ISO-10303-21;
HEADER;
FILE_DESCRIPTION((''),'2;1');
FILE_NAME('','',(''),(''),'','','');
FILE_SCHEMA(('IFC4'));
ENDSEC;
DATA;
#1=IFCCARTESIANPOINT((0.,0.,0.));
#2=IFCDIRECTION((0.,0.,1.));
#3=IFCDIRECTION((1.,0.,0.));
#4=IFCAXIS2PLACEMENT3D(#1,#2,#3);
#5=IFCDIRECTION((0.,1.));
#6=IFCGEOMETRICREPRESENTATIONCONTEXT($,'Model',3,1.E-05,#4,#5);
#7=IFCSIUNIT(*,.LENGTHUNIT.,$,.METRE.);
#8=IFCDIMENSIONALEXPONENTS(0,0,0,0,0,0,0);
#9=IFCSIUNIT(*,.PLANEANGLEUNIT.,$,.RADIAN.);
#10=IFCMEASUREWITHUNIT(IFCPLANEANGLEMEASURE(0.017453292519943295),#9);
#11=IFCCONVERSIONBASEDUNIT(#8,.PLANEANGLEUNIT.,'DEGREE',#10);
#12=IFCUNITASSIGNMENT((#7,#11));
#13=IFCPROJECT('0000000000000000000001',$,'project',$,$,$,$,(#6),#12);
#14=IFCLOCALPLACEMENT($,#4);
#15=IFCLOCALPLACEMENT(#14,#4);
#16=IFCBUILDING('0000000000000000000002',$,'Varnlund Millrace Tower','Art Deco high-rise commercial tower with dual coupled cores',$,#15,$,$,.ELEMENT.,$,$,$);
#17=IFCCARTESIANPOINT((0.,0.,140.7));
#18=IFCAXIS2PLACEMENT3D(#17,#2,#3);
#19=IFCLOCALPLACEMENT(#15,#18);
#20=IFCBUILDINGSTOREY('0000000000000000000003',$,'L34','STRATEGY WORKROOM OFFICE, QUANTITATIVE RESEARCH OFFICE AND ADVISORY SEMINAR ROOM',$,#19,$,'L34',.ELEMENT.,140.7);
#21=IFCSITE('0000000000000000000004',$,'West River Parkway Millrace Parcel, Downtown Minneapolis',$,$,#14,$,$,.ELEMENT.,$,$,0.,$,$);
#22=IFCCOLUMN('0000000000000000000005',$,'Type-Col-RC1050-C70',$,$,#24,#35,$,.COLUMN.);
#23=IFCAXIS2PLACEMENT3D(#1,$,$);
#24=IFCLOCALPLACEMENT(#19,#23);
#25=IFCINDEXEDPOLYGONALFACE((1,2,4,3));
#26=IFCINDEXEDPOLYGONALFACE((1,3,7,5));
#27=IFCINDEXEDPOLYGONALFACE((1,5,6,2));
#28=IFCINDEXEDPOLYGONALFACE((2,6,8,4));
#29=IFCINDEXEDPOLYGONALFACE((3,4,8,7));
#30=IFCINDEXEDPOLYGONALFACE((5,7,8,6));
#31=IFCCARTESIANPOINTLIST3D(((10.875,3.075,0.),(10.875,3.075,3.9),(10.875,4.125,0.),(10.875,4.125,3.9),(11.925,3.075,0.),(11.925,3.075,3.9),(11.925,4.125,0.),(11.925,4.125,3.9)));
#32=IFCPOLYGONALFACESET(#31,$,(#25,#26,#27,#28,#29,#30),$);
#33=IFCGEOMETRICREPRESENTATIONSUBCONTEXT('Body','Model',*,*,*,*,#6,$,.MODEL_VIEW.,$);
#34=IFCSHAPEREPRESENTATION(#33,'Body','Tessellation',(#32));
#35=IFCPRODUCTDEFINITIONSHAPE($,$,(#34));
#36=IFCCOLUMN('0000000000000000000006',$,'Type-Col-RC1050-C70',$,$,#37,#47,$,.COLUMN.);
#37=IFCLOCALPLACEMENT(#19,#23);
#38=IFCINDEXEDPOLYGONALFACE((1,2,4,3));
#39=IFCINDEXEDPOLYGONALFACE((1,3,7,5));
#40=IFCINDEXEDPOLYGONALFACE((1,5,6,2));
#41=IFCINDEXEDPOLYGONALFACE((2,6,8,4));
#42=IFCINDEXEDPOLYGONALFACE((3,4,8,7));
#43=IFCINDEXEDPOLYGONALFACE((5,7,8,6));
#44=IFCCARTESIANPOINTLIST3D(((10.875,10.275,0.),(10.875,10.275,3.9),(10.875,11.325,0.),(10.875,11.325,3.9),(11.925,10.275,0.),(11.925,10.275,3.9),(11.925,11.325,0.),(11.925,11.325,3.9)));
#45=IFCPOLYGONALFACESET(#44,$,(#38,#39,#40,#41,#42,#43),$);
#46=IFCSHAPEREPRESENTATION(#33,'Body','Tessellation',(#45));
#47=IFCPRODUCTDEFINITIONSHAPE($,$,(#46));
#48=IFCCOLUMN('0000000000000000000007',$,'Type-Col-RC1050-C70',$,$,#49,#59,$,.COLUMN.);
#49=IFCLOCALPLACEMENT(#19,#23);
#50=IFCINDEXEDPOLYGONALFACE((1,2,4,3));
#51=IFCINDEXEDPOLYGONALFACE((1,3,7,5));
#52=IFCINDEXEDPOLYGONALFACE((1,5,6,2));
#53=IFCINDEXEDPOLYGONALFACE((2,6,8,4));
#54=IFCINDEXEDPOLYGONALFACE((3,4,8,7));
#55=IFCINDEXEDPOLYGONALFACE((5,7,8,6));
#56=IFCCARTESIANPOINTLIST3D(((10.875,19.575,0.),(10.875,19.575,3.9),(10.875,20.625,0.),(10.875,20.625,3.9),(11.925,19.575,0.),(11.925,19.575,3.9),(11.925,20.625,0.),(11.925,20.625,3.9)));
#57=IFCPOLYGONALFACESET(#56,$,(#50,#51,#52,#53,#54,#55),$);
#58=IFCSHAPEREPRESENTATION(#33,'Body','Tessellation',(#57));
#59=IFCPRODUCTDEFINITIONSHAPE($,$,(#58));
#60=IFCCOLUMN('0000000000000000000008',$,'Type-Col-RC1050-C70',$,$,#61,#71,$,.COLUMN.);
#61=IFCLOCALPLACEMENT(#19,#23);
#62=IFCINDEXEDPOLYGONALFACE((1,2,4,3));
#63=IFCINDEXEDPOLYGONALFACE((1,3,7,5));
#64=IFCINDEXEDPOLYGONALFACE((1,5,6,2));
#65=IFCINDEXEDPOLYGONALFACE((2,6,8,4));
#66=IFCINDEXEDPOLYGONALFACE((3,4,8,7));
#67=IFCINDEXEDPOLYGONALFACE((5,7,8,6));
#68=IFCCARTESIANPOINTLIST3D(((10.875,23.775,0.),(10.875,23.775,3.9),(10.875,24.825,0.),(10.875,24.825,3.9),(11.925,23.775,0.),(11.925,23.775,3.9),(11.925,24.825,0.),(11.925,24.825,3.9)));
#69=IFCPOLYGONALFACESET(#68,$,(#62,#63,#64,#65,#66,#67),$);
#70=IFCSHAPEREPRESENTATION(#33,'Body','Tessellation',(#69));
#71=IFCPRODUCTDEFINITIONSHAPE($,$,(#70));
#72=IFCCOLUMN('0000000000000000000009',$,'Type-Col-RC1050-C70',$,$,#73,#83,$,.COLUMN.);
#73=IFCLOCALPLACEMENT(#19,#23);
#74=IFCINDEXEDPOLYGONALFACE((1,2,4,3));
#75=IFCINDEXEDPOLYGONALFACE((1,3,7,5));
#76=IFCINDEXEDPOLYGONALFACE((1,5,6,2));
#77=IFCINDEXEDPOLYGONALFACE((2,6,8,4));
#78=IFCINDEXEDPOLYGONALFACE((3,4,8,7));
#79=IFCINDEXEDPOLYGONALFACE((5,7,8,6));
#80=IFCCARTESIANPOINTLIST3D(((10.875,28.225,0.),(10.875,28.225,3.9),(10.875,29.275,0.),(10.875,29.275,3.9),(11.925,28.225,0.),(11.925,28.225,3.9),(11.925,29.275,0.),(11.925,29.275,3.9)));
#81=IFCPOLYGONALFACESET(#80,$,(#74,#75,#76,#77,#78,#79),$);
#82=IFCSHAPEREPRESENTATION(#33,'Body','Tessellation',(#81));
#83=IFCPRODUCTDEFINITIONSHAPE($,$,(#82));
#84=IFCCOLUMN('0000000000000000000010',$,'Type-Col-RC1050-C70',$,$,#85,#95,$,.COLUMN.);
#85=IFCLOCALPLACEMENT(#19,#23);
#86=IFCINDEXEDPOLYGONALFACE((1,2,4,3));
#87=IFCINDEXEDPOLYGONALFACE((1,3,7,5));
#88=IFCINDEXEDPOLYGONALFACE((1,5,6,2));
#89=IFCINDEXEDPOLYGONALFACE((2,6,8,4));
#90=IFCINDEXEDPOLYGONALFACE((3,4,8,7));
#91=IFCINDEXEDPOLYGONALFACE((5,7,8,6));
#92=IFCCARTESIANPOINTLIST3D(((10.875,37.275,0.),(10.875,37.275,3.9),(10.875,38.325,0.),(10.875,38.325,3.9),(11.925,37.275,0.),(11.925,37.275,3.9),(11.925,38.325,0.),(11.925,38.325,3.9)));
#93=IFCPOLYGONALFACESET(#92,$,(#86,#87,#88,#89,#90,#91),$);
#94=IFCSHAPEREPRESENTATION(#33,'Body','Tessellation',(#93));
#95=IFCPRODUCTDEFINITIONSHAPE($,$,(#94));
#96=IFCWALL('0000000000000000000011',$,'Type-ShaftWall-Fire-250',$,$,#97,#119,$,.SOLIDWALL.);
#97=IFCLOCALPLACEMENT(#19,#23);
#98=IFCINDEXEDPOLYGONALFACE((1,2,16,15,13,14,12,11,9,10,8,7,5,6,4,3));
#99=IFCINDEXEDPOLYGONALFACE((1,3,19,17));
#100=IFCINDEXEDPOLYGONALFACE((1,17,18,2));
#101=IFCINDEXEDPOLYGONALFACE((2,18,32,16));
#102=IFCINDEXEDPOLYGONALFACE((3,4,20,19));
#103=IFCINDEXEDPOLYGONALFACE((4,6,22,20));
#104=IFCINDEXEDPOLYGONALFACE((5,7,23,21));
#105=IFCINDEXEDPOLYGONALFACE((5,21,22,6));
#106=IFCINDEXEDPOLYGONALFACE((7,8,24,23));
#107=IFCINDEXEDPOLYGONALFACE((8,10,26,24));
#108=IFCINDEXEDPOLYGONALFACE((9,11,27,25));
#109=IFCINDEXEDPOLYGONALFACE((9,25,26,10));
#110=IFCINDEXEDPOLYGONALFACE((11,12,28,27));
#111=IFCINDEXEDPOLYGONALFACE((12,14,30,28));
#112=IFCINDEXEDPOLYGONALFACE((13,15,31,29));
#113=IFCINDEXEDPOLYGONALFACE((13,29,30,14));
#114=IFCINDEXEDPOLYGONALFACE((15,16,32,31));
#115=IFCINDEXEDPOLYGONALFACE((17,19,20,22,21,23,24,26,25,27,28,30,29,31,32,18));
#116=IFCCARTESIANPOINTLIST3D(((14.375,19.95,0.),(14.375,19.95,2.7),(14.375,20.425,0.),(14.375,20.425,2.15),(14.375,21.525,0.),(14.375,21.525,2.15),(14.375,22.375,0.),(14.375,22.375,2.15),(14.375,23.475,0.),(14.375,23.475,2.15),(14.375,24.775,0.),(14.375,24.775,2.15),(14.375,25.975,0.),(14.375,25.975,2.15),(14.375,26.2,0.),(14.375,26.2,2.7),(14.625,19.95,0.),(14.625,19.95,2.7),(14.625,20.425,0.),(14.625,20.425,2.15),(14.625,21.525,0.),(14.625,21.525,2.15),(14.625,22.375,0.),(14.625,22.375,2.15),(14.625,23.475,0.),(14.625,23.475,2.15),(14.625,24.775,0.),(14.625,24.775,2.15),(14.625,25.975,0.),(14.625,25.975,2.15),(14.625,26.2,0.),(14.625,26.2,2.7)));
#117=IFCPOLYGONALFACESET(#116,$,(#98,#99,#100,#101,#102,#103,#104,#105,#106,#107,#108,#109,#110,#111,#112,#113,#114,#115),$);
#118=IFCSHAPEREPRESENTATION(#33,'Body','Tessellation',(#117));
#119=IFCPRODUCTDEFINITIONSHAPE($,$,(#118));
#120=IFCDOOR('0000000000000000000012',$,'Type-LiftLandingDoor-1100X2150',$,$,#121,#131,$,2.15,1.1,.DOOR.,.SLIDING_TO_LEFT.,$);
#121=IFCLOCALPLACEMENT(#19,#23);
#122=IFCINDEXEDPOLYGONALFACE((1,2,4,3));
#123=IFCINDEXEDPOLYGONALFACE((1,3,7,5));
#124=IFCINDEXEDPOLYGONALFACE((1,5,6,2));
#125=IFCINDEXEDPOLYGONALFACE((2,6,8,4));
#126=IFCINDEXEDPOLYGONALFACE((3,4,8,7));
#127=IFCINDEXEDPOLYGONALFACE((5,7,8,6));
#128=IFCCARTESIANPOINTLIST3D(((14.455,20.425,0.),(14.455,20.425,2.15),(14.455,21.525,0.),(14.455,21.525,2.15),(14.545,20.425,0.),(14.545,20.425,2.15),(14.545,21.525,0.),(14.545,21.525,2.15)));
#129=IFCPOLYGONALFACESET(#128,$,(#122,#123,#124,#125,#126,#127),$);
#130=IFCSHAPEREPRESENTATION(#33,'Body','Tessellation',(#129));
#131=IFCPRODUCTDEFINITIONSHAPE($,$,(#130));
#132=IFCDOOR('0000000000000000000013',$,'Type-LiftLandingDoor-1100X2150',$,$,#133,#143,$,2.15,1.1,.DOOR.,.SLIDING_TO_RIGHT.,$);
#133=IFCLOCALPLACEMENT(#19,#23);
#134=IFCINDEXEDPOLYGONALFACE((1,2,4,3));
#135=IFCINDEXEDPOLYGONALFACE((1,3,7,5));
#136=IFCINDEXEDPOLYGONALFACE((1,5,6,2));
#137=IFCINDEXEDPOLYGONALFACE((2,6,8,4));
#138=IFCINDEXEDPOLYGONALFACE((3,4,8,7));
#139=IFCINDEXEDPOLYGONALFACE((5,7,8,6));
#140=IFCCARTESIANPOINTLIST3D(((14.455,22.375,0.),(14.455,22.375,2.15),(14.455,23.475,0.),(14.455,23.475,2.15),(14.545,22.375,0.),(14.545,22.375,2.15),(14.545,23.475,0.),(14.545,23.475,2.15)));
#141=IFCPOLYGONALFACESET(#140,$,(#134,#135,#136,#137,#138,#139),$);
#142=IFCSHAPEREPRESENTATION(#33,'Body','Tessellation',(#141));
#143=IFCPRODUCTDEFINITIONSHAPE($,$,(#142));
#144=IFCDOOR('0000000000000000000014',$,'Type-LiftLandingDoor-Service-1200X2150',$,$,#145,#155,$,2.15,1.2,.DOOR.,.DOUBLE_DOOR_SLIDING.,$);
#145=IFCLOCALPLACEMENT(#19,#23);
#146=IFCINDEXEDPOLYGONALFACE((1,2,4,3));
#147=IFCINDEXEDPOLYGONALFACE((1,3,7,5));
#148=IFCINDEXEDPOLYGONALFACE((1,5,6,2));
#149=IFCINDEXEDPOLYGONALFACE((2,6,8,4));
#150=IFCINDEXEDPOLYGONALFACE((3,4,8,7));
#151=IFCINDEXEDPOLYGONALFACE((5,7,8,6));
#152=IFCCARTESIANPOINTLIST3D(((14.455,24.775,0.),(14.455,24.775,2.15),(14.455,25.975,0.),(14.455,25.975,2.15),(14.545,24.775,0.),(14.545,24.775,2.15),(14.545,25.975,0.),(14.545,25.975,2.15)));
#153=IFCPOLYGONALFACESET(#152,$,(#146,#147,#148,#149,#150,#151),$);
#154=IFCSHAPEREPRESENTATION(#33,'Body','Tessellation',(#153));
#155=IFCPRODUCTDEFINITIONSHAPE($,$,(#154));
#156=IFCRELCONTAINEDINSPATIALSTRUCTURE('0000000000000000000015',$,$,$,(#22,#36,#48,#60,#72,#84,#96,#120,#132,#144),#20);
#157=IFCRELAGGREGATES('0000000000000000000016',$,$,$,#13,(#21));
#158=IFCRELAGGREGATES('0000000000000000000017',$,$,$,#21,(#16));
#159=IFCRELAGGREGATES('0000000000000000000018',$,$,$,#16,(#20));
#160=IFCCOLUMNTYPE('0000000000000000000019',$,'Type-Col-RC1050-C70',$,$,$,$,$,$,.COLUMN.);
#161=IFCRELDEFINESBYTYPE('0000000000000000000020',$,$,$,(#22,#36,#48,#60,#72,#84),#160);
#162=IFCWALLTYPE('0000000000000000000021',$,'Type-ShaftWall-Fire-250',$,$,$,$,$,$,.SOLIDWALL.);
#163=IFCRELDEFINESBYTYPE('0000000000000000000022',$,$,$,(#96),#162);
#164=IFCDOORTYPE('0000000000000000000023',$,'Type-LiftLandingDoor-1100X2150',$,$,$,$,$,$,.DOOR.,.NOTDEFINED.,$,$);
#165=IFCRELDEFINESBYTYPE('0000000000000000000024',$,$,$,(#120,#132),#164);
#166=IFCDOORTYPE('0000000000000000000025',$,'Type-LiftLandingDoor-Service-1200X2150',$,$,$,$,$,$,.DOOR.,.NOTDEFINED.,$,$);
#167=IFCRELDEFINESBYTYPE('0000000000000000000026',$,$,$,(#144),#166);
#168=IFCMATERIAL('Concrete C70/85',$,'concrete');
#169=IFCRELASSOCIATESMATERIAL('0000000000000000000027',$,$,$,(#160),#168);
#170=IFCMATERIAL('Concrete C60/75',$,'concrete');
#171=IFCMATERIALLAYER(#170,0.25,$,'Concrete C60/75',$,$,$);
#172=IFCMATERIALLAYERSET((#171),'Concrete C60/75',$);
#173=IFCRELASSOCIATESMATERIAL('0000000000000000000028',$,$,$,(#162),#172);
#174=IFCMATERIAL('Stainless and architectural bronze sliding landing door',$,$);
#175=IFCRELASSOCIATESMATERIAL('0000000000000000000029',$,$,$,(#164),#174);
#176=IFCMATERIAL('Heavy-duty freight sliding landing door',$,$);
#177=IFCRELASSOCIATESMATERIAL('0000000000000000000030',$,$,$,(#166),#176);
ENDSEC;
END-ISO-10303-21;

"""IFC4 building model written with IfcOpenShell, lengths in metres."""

from ifc_helpers import new_model, entity, si_unit, converted_unit, direction, frame, origin_with_axes, origin_2d_with_axis, place, context, subcontext, project, spatial, polyline, rectangle, outline, extrude, material, layer, layer_set, material_profile, profile_set, type_object, element, fill, save


model = new_model("IFC4")

# Units and contexts
model_context = context("Model", 3, precision=1e-05, world=origin_with_axes(), true_north=direction((0.0, 1.0)))
body_context = subcontext(model_context, "Body", "Model", "MODEL_VIEW")
ifc_project = project(units=[si_unit("LENGTHUNIT", "METRE"), converted_unit("PLANEANGLEUNIT", "DEGREE", entity("IfcPlaneAngleMeasure", 0.017453292519943295), si_unit("PLANEANGLEUNIT", "RADIAN"), dimensions=[0, 0, 0, 0, 0, 0, 0])], contexts=[model_context])

# Site, building, storey
site_placement = place(None, origin_with_axes())
site = spatial("IfcSite", under=ifc_project, at=site_placement, Name="West River Parkway Millrace Parcel, Downtown Minneapolis", CompositionType="ELEMENT", RefElevation=0.0)
building_placement = place(site_placement, origin_with_axes())
building = spatial("IfcBuilding", under=site, at=building_placement, Name="Varnlund Millrace Tower", Description="Art Deco high-rise commercial tower with dual coupled cores", CompositionType="ELEMENT")
storey_placement = place(building_placement, frame((0.0, 0.0, 140.7), z_axis=(0.0, 0.0, 1.0), x_axis=(1.0, 0.0, 0.0)))
storey = spatial("IfcBuildingStorey", under=building, at=storey_placement, Name="L34", Description="STRATEGY WORKROOM OFFICE, QUANTITATIVE RESEARCH OFFICE AND ADVISORY SEMINAR ROOM", LongName="L34", CompositionType="ELEMENT", Elevation=140.7)

# Columns
ifc_material_1 = material(Name="Concrete C70/85", Category="concrete")
ifc_material_profile = material_profile(ifc_material_1, rectangle(XDim=1.05, YDim=1.05, at=origin_2d_with_axis()), Name="Concrete C70/85")
ifc_profile_set = profile_set([ifc_material_profile], Name="Concrete C70/85")
column_type = type_object("IfcColumnType", Name="Type-Col-RC1050-C70", PredefinedType="COLUMN", material=ifc_profile_set)
for number, where, z_axis, x_axis, name in (
    (1, (11.4, 3.6, 0.0), (0.0, 0.0, 1.0), (1.0, 0.0, 0.0), "Type-Col-RC1050-C70"),
    (2, (11.4, 10.8, 0.0), (0.0, 0.0, 1.0), (1.0, 0.0, 0.0), "Type-Col-RC1050-C70"),
    (3, (11.4, 20.1, 0.0), (0.0, 0.0, 1.0), (1.0, 0.0, 0.0), "Type-Col-RC1050-C70"),
    (4, (11.4, 24.3, 0.0), (0.0, 0.0, 1.0), (1.0, 0.0, 0.0), "Type-Col-RC1050-C70"),
    (5, (11.4, 28.75, 0.0), (0.0, 0.0, 1.0), (1.0, 0.0, 0.0), "Type-Col-RC1050-C70"),
    (6, (11.4, 37.8, 0.0), (0.0, 0.0, 1.0), (1.0, 0.0, 0.0), "Type-Col-RC1050-C70"),
):
    element("IfcColumn", number, at=place(storey_placement, frame(where, z_axis=z_axis, x_axis=x_axis)), inside=storey, type_object=column_type, Name=name, PredefinedType="COLUMN", context=body_context, shape_type="SweptSolid", body=[
        extrude(rectangle(XDim=1.05, YDim=1.05, at=origin_2d_with_axis()), origin_with_axes(), (0.0, 0.0, 1.0), 3.9),
    ])

# Wall, openings, doors
ifc_material_2 = material(Name="Concrete C60/75", Category="concrete")
ifc_layer = layer(ifc_material_2, 0.25, Name="Concrete C60/75")
ifc_layer_set = layer_set([ifc_layer], Name="Concrete C60/75")
wall_type_1 = type_object("IfcWallType", Name="Type-ShaftWall-Fire-250", PredefinedType="SOLIDWALL", material=ifc_layer_set)
wall_1_placement = place(storey_placement, frame((14.5, 19.95, 0.0), z_axis=(0.0, 0.0, 1.0), x_axis=(0.0, 1.0, 0.0)))
wall_1 = element("IfcWall", 7, at=wall_1_placement, inside=storey, type_object=wall_type_1, Name="Type-ShaftWall-Fire-250", PredefinedType="SOLIDWALL", context=body_context, shape_type="SweptSolid", body=[
    extrude(outline(polyline([(0.0, -0.125), (6.25, -0.125), (6.25, 0.125), (0.0, 0.125), (0.0, -0.125)])), origin_with_axes(), (0.0, 0.0, 1.0), 2.7),
])
opening_1_placement = place(wall_1_placement, frame((1.025, 0.0, 0.0), z_axis=(0.0, 0.0, 1.0), x_axis=(1.0, 0.0, 0.0)))
opening_1 = element("IfcOpeningElement", 8, at=opening_1_placement, cuts=wall_1, PredefinedType="OPENING", context=body_context, shape_type="SweptSolid", body=[
    extrude(rectangle(XDim=1.1, YDim=0.27, at=origin_2d_with_axis()), origin_with_axes(), (0.0, 0.0, 1.0), 2.15),
])
opening_2_placement = place(wall_1_placement, frame((2.975, 0.0, 0.0), z_axis=(0.0, 0.0, 1.0), x_axis=(1.0, 0.0, 0.0)))
opening_2 = element("IfcOpeningElement", 9, at=opening_2_placement, cuts=wall_1, PredefinedType="OPENING", context=body_context, shape_type="SweptSolid", body=[
    extrude(rectangle(XDim=1.1, YDim=0.27, at=origin_2d_with_axis()), origin_with_axes(), (0.0, 0.0, 1.0), 2.15),
])
opening_3_placement = place(wall_1_placement, frame((5.425, 0.0, 0.0), z_axis=(0.0, 0.0, 1.0), x_axis=(1.0, 0.0, 0.0)))
opening_3 = element("IfcOpeningElement", 10, at=opening_3_placement, cuts=wall_1, PredefinedType="OPENING", context=body_context, shape_type="SweptSolid", body=[
    extrude(rectangle(XDim=1.2, YDim=0.27, at=origin_2d_with_axis()), origin_with_axes(), (0.0, 0.0, 1.0), 2.15),
])
ifc_material_3 = material(Name="Stainless and architectural bronze sliding landing door")
door_type_1 = type_object("IfcDoorType", Name="Type-LiftLandingDoor-1100X2150", OperationType="NOTDEFINED", PredefinedType="DOOR", material=ifc_material_3)
door_1_placement = place(wall_1_placement, frame((1.025, 0.0, 0.0), z_axis=(0.0, 0.0, 1.0), x_axis=(1.0, 0.0, 0.0)))
door_1 = element("IfcDoor", 11, at=door_1_placement, inside=storey, type_object=door_type_1, Name="Type-LiftLandingDoor-1100X2150", OperationType="SLIDING_TO_LEFT", OverallHeight=2.15, OverallWidth=1.1, PredefinedType="DOOR", context=body_context, shape_type="SweptSolid", body=[
    extrude(rectangle(XDim=1.1, YDim=0.09, at=origin_2d_with_axis()), origin_with_axes(), (0.0, 0.0, 1.0), 2.15),
])
fill(opening_1, door_1)
door_2_placement = place(wall_1_placement, frame((2.975, 0.0, 0.0), z_axis=(0.0, 0.0, 1.0), x_axis=(1.0, 0.0, 0.0)))
door_2 = element("IfcDoor", 12, at=door_2_placement, inside=storey, type_object=door_type_1, Name="Type-LiftLandingDoor-1100X2150", OperationType="SLIDING_TO_RIGHT", OverallHeight=2.15, OverallWidth=1.1, PredefinedType="DOOR", context=body_context, shape_type="SweptSolid", body=[
    extrude(rectangle(XDim=1.1, YDim=0.09, at=origin_2d_with_axis()), origin_with_axes(), (0.0, 0.0, 1.0), 2.15),
])
fill(opening_2, door_2)
ifc_material_4 = material(Name="Heavy-duty freight sliding landing door")
door_type_2 = type_object("IfcDoorType", Name="Type-LiftLandingDoor-Service-1200X2150", OperationType="NOTDEFINED", PredefinedType="DOOR", material=ifc_material_4)
door_3_placement = place(wall_1_placement, frame((5.425, 0.0, 0.0), z_axis=(0.0, 0.0, 1.0), x_axis=(1.0, 0.0, 0.0)))
door_3 = element("IfcDoor", 13, at=door_3_placement, inside=storey, type_object=door_type_2, Name="Type-LiftLandingDoor-Service-1200X2150", OperationType="DOUBLE_DOOR_SLIDING", OverallHeight=2.15, OverallWidth=1.2, PredefinedType="DOOR", context=body_context, shape_type="SweptSolid", body=[
    extrude(rectangle(XDim=1.2, YDim=0.09, at=origin_2d_with_axis()), origin_with_axes(), (0.0, 0.0, 1.0), 2.15),
])
fill(opening_3, door_3)

save(model, "model.ifc")
